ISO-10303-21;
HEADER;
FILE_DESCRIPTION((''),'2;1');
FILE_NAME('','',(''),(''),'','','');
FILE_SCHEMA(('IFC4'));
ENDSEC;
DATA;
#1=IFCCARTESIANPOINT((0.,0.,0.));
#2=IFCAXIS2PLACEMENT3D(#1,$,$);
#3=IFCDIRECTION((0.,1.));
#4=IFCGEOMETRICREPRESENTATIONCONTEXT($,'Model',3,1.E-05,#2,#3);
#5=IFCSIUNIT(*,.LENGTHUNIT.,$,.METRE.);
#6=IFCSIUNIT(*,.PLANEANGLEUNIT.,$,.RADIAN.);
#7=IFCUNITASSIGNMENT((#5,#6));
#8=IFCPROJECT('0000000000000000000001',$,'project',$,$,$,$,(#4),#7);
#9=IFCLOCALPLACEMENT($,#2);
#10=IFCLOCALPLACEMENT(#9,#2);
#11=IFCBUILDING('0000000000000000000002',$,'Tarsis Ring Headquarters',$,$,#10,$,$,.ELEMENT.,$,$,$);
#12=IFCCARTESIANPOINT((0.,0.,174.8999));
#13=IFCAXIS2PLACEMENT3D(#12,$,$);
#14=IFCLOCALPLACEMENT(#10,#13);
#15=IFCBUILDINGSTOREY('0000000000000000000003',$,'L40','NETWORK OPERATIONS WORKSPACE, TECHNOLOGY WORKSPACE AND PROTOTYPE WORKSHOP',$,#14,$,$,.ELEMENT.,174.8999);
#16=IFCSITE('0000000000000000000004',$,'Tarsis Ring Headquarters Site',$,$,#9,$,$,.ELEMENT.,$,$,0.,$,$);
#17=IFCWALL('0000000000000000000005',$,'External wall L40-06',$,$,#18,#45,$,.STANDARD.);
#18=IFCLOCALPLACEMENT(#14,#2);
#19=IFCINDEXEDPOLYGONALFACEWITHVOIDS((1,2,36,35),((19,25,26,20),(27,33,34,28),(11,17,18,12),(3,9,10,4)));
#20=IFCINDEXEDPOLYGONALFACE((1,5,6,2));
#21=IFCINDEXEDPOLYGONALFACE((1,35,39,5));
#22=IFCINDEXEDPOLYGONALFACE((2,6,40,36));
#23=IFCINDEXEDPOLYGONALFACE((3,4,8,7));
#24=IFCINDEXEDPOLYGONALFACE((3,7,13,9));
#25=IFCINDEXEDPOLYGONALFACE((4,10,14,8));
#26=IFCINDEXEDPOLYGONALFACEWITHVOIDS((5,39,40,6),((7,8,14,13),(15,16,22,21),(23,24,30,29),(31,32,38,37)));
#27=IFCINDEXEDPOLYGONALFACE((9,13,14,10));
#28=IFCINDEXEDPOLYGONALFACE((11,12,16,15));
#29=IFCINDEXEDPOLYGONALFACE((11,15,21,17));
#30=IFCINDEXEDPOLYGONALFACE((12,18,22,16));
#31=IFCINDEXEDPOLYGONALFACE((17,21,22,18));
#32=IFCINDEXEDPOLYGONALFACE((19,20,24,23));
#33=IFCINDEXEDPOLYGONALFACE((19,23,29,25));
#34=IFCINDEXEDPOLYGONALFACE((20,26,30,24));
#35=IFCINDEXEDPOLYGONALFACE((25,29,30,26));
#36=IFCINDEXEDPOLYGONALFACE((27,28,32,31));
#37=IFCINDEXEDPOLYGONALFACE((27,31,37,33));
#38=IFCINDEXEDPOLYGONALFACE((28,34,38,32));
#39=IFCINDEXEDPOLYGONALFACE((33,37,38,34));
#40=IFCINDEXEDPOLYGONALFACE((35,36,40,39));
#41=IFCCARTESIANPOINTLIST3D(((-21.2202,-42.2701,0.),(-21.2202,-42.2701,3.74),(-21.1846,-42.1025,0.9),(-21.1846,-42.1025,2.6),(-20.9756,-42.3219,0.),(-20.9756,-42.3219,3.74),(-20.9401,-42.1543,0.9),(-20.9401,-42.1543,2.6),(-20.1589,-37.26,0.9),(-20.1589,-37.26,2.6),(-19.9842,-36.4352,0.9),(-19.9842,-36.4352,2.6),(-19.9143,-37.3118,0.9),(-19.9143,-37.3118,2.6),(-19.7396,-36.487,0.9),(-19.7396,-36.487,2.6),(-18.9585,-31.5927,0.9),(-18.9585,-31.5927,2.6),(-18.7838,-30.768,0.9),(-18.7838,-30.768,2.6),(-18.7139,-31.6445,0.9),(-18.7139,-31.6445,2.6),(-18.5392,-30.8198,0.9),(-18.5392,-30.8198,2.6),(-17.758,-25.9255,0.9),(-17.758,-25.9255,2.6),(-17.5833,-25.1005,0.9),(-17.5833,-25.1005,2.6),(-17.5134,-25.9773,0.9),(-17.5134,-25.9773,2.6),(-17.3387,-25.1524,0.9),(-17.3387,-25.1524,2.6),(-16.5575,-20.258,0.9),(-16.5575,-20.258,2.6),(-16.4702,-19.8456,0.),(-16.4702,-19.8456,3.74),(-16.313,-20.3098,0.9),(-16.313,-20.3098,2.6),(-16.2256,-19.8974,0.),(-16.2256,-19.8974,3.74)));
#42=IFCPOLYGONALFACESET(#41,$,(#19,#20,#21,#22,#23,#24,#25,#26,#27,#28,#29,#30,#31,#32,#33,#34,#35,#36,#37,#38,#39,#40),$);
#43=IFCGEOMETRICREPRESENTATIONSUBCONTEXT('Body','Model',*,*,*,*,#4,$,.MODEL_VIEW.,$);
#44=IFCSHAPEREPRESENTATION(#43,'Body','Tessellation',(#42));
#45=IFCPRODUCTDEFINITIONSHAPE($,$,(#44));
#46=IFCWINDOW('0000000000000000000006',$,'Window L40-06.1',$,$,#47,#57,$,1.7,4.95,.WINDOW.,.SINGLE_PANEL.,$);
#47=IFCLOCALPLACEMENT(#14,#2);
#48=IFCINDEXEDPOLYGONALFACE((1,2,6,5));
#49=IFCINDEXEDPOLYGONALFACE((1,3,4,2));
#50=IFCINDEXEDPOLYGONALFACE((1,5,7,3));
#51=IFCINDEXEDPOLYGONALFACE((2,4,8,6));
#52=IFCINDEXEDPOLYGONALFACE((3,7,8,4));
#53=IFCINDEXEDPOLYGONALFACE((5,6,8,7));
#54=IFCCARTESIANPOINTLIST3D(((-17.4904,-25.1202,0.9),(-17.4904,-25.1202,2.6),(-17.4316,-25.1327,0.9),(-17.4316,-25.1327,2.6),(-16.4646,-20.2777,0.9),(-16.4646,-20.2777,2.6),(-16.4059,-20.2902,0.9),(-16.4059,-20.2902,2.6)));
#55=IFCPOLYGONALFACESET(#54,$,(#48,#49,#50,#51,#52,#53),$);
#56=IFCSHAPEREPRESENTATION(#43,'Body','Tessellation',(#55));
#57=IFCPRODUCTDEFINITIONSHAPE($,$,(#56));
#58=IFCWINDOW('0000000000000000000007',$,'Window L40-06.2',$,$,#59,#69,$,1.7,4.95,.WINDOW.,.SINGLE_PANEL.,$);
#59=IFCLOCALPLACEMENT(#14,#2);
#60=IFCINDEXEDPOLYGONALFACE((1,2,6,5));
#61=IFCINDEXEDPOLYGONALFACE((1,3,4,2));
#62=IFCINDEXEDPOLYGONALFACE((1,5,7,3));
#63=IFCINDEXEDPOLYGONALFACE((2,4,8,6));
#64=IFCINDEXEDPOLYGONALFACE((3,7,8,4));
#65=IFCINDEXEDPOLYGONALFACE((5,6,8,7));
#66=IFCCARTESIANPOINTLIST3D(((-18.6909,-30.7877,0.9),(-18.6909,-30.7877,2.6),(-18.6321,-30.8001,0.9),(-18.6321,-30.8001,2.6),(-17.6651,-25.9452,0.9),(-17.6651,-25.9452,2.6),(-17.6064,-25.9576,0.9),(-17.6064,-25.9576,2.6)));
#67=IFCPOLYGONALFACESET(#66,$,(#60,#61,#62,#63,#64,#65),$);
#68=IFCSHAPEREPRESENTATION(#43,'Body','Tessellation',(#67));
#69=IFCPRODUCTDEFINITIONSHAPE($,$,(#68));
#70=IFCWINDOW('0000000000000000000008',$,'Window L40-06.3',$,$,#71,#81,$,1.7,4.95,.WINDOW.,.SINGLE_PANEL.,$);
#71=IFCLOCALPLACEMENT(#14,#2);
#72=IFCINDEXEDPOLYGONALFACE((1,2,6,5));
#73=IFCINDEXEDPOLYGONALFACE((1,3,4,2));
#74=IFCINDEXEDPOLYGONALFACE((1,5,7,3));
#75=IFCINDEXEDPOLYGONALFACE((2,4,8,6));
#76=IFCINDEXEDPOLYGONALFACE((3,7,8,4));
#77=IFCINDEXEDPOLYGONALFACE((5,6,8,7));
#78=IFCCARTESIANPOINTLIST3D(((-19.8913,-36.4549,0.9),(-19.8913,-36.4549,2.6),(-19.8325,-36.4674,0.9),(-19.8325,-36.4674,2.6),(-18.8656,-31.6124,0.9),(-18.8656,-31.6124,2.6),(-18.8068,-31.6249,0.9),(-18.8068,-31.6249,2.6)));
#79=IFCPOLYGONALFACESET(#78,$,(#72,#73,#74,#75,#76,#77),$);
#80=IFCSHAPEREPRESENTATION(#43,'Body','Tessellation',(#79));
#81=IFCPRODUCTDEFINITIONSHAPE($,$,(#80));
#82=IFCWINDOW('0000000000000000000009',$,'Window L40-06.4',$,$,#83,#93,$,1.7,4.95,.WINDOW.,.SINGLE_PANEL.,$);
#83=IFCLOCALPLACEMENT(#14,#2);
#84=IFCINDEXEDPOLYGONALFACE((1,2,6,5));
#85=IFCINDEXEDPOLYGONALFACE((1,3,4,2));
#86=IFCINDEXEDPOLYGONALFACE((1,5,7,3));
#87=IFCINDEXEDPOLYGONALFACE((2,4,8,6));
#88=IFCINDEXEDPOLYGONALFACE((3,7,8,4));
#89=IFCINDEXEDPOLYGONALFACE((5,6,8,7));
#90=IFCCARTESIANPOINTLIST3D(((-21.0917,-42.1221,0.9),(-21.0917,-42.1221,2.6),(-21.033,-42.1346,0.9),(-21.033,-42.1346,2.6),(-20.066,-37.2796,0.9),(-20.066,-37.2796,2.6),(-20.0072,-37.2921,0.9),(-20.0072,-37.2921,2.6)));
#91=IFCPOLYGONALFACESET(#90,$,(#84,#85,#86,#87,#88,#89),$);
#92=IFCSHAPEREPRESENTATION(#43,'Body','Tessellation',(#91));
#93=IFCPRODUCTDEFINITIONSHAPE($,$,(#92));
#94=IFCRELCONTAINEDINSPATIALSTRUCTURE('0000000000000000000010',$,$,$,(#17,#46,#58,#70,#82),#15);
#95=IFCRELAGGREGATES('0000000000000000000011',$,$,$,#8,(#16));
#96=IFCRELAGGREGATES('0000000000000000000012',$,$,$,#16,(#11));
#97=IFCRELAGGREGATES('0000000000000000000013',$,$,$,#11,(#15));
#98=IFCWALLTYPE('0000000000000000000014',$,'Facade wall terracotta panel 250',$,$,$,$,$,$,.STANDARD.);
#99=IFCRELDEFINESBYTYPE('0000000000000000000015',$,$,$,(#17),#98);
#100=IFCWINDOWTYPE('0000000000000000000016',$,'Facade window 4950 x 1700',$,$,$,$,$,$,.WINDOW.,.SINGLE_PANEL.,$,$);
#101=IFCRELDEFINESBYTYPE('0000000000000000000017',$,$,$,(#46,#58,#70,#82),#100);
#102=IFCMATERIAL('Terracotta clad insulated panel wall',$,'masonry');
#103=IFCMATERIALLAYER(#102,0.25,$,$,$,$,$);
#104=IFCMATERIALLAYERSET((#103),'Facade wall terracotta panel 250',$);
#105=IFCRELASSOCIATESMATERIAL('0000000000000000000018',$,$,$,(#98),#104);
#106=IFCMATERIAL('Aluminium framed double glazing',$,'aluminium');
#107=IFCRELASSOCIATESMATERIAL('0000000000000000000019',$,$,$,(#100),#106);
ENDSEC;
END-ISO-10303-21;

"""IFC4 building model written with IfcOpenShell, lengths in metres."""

from ifc_helpers import new_model, si_unit, direction, frame, frame_2d, origin, place, context, subcontext, project, spatial, rectangle, extrude, material, layer, layer_set, type_object, element, fill, save


model = new_model("IFC4")

# Units and contexts
model_context = context("Model", 3, precision=1e-05, world=origin(), true_north=direction((0.0, 1.0)))
body_context = subcontext(model_context, "Body", "Model", "MODEL_VIEW")
ifc_project = project(units=[si_unit("LENGTHUNIT", "METRE"), si_unit("PLANEANGLEUNIT", "RADIAN")], contexts=[model_context])

# Site, building, storey
site_placement = place(None, origin())
site = spatial("IfcSite", under=ifc_project, at=site_placement, Name="Tarsis Ring Headquarters Site", CompositionType="ELEMENT", RefElevation=0.0)
building_placement = place(site_placement, origin())
building = spatial("IfcBuilding", under=site, at=building_placement, Name="Tarsis Ring Headquarters", CompositionType="ELEMENT")
storey_placement = place(building_placement, frame((0.0, 0.0, 174.8999)))
storey = spatial("IfcBuildingStorey", under=building, at=storey_placement, Name="L40", Description="NETWORK OPERATIONS WORKSPACE, TECHNOLOGY WORKSPACE AND PROTOTYPE WORKSHOP", CompositionType="ELEMENT", Elevation=174.8999)

# Shared definitions
ifc_material_1 = material(Name="Terracotta clad insulated panel wall", Category="masonry")
ifc_layer_1 = layer(ifc_material_1, 0.25)
ifc_layer_set_1 = layer_set([ifc_layer_1], Name="Facade wall terracotta panel 250")
wall_type_1 = type_object("IfcWallType", Name="Facade wall terracotta panel 250", PredefinedType="STANDARD", material=ifc_layer_set_1)
ifc_material_2 = material(Name="Aluminium framed double glazing", Category="aluminium")

# Wall, openings, windows
wall_1_placement = place(storey_placement, frame((-16.3479, -19.8716, 0.0), z_axis=(0.0, 0.0, 1.0), x_axis=(-0.207223, -0.978294, 0.0)))
wall_1 = element("IfcWall", 1, at=wall_1_placement, inside=storey, type_object=wall_type_1, Name="External wall L40-06", PredefinedType="STANDARD", context=body_context, shape_type="SweptSolid", body=[
    extrude(rectangle(XDim=22.9221, YDim=0.25, at=frame_2d((11.4609, 0.0))), origin(), (0.0, 0.0, 1.0), 3.74),
])
opening_1_placement = place(wall_1_placement, frame((0.4214, 0.0, 0.8999)))
opening_1 = element("IfcOpeningElement", 2, at=opening_1_placement, cuts=wall_1, PredefinedType="OPENING", context=body_context, shape_type="SweptSolid", body=[
    extrude(rectangle(XDim=4.95, YDim=1.7, at=frame_2d((2.4751, 0.8501))), frame((0.0, 0.135, 0.0), z_axis=(0.0, -1.0, 0.0), x_axis=(1.0, 0.0, 0.0)), (0.0, 0.0, 1.0), 0.27),
])
opening_2_placement = place(wall_1_placement, frame((6.2146, 0.0, 0.8999)))
opening_2 = element("IfcOpeningElement", 3, at=opening_2_placement, cuts=wall_1, PredefinedType="OPENING", context=body_context, shape_type="SweptSolid", body=[
    extrude(rectangle(XDim=4.95, YDim=1.7, at=frame_2d((2.4751, 0.8501))), frame((0.0, 0.135, 0.0), z_axis=(0.0, -1.0, 0.0), x_axis=(1.0, 0.0, 0.0)), (0.0, 0.0, 1.0), 0.27),
])
opening_3_placement = place(wall_1_placement, frame((12.0076, 0.0, 0.8999)))
opening_3 = element("IfcOpeningElement", 4, at=opening_3_placement, cuts=wall_1, PredefinedType="OPENING", context=body_context, shape_type="SweptSolid", body=[
    extrude(rectangle(XDim=4.95, YDim=1.7, at=frame_2d((2.4751, 0.8501))), frame((0.0, 0.135, 0.0), z_axis=(0.0, -1.0, 0.0), x_axis=(1.0, 0.0, 0.0)), (0.0, 0.0, 1.0), 0.27),
])
opening_4_placement = place(wall_1_placement, frame((17.8005, 0.0, 0.8999)))
opening_4 = element("IfcOpeningElement", 5, at=opening_4_placement, cuts=wall_1, PredefinedType="OPENING", context=body_context, shape_type="SweptSolid", body=[
    extrude(rectangle(XDim=4.95, YDim=1.7, at=frame_2d((2.4751, 0.8501))), frame((0.0, 0.135, 0.0), z_axis=(0.0, -1.0, 0.0), x_axis=(1.0, 0.0, 0.0)), (0.0, 0.0, 1.0), 0.27),
])
window_type_1 = type_object("IfcWindowType", Name="Facade window 4950 x 1700", PartitioningType="SINGLE_PANEL", PredefinedType="WINDOW", material=ifc_material_2)
window_1_placement = place(opening_1_placement, origin())
window_1 = element("IfcWindow", 6, at=window_1_placement, inside=storey, type_object=window_type_1, Name="Window L40-06.1", OverallHeight=1.7, OverallWidth=4.95, PartitioningType="SINGLE_PANEL", PredefinedType="WINDOW", context=body_context, shape_type="SweptSolid", body=[
    extrude(rectangle(XDim=4.95, YDim=1.7, at=frame_2d((2.4751, 0.8501))), frame((0.0, 0.03, 0.0), z_axis=(0.0, -1.0, 0.0), x_axis=(1.0, 0.0, 0.0)), (0.0, 0.0, 1.0), 0.0601),
])
fill(opening_1, window_1)
window_2_placement = place(opening_2_placement, origin())
window_2 = element("IfcWindow", 7, at=window_2_placement, inside=storey, type_object=window_type_1, Name="Window L40-06.2", OverallHeight=1.7, OverallWidth=4.95, PartitioningType="SINGLE_PANEL", PredefinedType="WINDOW", context=body_context, shape_type="SweptSolid", body=[
    extrude(rectangle(XDim=4.95, YDim=1.7, at=frame_2d((2.4751, 0.8501))), frame((0.0, 0.03, 0.0), z_axis=(0.0, -1.0, 0.0), x_axis=(1.0, 0.0, 0.0)), (0.0, 0.0, 1.0), 0.0601),
])
fill(opening_2, window_2)
window_3_placement = place(opening_3_placement, origin())
window_3 = element("IfcWindow", 8, at=window_3_placement, inside=storey, type_object=window_type_1, Name="Window L40-06.3", OverallHeight=1.7, OverallWidth=4.95, PartitioningType="SINGLE_PANEL", PredefinedType="WINDOW", context=body_context, shape_type="SweptSolid", body=[
    extrude(rectangle(XDim=4.95, YDim=1.7, at=frame_2d((2.4751, 0.8501))), frame((0.0, 0.03, 0.0), z_axis=(0.0, -1.0, 0.0), x_axis=(1.0, 0.0, 0.0)), (0.0, 0.0, 1.0), 0.0601),
])
fill(opening_3, window_3)
window_4_placement = place(opening_4_placement, origin())
window_4 = element("IfcWindow", 9, at=window_4_placement, inside=storey, type_object=window_type_1, Name="Window L40-06.4", OverallHeight=1.7, OverallWidth=4.95, PartitioningType="SINGLE_PANEL", PredefinedType="WINDOW", context=body_context, shape_type="SweptSolid", body=[
    extrude(rectangle(XDim=4.95, YDim=1.7, at=frame_2d((2.4751, 0.8501))), frame((0.0, 0.03, 0.0), z_axis=(0.0, -1.0, 0.0), x_axis=(1.0, 0.0, 0.0)), (0.0, 0.0, 1.0), 0.0601),
])
fill(opening_4, window_4)

save(model, "model.ifc")
